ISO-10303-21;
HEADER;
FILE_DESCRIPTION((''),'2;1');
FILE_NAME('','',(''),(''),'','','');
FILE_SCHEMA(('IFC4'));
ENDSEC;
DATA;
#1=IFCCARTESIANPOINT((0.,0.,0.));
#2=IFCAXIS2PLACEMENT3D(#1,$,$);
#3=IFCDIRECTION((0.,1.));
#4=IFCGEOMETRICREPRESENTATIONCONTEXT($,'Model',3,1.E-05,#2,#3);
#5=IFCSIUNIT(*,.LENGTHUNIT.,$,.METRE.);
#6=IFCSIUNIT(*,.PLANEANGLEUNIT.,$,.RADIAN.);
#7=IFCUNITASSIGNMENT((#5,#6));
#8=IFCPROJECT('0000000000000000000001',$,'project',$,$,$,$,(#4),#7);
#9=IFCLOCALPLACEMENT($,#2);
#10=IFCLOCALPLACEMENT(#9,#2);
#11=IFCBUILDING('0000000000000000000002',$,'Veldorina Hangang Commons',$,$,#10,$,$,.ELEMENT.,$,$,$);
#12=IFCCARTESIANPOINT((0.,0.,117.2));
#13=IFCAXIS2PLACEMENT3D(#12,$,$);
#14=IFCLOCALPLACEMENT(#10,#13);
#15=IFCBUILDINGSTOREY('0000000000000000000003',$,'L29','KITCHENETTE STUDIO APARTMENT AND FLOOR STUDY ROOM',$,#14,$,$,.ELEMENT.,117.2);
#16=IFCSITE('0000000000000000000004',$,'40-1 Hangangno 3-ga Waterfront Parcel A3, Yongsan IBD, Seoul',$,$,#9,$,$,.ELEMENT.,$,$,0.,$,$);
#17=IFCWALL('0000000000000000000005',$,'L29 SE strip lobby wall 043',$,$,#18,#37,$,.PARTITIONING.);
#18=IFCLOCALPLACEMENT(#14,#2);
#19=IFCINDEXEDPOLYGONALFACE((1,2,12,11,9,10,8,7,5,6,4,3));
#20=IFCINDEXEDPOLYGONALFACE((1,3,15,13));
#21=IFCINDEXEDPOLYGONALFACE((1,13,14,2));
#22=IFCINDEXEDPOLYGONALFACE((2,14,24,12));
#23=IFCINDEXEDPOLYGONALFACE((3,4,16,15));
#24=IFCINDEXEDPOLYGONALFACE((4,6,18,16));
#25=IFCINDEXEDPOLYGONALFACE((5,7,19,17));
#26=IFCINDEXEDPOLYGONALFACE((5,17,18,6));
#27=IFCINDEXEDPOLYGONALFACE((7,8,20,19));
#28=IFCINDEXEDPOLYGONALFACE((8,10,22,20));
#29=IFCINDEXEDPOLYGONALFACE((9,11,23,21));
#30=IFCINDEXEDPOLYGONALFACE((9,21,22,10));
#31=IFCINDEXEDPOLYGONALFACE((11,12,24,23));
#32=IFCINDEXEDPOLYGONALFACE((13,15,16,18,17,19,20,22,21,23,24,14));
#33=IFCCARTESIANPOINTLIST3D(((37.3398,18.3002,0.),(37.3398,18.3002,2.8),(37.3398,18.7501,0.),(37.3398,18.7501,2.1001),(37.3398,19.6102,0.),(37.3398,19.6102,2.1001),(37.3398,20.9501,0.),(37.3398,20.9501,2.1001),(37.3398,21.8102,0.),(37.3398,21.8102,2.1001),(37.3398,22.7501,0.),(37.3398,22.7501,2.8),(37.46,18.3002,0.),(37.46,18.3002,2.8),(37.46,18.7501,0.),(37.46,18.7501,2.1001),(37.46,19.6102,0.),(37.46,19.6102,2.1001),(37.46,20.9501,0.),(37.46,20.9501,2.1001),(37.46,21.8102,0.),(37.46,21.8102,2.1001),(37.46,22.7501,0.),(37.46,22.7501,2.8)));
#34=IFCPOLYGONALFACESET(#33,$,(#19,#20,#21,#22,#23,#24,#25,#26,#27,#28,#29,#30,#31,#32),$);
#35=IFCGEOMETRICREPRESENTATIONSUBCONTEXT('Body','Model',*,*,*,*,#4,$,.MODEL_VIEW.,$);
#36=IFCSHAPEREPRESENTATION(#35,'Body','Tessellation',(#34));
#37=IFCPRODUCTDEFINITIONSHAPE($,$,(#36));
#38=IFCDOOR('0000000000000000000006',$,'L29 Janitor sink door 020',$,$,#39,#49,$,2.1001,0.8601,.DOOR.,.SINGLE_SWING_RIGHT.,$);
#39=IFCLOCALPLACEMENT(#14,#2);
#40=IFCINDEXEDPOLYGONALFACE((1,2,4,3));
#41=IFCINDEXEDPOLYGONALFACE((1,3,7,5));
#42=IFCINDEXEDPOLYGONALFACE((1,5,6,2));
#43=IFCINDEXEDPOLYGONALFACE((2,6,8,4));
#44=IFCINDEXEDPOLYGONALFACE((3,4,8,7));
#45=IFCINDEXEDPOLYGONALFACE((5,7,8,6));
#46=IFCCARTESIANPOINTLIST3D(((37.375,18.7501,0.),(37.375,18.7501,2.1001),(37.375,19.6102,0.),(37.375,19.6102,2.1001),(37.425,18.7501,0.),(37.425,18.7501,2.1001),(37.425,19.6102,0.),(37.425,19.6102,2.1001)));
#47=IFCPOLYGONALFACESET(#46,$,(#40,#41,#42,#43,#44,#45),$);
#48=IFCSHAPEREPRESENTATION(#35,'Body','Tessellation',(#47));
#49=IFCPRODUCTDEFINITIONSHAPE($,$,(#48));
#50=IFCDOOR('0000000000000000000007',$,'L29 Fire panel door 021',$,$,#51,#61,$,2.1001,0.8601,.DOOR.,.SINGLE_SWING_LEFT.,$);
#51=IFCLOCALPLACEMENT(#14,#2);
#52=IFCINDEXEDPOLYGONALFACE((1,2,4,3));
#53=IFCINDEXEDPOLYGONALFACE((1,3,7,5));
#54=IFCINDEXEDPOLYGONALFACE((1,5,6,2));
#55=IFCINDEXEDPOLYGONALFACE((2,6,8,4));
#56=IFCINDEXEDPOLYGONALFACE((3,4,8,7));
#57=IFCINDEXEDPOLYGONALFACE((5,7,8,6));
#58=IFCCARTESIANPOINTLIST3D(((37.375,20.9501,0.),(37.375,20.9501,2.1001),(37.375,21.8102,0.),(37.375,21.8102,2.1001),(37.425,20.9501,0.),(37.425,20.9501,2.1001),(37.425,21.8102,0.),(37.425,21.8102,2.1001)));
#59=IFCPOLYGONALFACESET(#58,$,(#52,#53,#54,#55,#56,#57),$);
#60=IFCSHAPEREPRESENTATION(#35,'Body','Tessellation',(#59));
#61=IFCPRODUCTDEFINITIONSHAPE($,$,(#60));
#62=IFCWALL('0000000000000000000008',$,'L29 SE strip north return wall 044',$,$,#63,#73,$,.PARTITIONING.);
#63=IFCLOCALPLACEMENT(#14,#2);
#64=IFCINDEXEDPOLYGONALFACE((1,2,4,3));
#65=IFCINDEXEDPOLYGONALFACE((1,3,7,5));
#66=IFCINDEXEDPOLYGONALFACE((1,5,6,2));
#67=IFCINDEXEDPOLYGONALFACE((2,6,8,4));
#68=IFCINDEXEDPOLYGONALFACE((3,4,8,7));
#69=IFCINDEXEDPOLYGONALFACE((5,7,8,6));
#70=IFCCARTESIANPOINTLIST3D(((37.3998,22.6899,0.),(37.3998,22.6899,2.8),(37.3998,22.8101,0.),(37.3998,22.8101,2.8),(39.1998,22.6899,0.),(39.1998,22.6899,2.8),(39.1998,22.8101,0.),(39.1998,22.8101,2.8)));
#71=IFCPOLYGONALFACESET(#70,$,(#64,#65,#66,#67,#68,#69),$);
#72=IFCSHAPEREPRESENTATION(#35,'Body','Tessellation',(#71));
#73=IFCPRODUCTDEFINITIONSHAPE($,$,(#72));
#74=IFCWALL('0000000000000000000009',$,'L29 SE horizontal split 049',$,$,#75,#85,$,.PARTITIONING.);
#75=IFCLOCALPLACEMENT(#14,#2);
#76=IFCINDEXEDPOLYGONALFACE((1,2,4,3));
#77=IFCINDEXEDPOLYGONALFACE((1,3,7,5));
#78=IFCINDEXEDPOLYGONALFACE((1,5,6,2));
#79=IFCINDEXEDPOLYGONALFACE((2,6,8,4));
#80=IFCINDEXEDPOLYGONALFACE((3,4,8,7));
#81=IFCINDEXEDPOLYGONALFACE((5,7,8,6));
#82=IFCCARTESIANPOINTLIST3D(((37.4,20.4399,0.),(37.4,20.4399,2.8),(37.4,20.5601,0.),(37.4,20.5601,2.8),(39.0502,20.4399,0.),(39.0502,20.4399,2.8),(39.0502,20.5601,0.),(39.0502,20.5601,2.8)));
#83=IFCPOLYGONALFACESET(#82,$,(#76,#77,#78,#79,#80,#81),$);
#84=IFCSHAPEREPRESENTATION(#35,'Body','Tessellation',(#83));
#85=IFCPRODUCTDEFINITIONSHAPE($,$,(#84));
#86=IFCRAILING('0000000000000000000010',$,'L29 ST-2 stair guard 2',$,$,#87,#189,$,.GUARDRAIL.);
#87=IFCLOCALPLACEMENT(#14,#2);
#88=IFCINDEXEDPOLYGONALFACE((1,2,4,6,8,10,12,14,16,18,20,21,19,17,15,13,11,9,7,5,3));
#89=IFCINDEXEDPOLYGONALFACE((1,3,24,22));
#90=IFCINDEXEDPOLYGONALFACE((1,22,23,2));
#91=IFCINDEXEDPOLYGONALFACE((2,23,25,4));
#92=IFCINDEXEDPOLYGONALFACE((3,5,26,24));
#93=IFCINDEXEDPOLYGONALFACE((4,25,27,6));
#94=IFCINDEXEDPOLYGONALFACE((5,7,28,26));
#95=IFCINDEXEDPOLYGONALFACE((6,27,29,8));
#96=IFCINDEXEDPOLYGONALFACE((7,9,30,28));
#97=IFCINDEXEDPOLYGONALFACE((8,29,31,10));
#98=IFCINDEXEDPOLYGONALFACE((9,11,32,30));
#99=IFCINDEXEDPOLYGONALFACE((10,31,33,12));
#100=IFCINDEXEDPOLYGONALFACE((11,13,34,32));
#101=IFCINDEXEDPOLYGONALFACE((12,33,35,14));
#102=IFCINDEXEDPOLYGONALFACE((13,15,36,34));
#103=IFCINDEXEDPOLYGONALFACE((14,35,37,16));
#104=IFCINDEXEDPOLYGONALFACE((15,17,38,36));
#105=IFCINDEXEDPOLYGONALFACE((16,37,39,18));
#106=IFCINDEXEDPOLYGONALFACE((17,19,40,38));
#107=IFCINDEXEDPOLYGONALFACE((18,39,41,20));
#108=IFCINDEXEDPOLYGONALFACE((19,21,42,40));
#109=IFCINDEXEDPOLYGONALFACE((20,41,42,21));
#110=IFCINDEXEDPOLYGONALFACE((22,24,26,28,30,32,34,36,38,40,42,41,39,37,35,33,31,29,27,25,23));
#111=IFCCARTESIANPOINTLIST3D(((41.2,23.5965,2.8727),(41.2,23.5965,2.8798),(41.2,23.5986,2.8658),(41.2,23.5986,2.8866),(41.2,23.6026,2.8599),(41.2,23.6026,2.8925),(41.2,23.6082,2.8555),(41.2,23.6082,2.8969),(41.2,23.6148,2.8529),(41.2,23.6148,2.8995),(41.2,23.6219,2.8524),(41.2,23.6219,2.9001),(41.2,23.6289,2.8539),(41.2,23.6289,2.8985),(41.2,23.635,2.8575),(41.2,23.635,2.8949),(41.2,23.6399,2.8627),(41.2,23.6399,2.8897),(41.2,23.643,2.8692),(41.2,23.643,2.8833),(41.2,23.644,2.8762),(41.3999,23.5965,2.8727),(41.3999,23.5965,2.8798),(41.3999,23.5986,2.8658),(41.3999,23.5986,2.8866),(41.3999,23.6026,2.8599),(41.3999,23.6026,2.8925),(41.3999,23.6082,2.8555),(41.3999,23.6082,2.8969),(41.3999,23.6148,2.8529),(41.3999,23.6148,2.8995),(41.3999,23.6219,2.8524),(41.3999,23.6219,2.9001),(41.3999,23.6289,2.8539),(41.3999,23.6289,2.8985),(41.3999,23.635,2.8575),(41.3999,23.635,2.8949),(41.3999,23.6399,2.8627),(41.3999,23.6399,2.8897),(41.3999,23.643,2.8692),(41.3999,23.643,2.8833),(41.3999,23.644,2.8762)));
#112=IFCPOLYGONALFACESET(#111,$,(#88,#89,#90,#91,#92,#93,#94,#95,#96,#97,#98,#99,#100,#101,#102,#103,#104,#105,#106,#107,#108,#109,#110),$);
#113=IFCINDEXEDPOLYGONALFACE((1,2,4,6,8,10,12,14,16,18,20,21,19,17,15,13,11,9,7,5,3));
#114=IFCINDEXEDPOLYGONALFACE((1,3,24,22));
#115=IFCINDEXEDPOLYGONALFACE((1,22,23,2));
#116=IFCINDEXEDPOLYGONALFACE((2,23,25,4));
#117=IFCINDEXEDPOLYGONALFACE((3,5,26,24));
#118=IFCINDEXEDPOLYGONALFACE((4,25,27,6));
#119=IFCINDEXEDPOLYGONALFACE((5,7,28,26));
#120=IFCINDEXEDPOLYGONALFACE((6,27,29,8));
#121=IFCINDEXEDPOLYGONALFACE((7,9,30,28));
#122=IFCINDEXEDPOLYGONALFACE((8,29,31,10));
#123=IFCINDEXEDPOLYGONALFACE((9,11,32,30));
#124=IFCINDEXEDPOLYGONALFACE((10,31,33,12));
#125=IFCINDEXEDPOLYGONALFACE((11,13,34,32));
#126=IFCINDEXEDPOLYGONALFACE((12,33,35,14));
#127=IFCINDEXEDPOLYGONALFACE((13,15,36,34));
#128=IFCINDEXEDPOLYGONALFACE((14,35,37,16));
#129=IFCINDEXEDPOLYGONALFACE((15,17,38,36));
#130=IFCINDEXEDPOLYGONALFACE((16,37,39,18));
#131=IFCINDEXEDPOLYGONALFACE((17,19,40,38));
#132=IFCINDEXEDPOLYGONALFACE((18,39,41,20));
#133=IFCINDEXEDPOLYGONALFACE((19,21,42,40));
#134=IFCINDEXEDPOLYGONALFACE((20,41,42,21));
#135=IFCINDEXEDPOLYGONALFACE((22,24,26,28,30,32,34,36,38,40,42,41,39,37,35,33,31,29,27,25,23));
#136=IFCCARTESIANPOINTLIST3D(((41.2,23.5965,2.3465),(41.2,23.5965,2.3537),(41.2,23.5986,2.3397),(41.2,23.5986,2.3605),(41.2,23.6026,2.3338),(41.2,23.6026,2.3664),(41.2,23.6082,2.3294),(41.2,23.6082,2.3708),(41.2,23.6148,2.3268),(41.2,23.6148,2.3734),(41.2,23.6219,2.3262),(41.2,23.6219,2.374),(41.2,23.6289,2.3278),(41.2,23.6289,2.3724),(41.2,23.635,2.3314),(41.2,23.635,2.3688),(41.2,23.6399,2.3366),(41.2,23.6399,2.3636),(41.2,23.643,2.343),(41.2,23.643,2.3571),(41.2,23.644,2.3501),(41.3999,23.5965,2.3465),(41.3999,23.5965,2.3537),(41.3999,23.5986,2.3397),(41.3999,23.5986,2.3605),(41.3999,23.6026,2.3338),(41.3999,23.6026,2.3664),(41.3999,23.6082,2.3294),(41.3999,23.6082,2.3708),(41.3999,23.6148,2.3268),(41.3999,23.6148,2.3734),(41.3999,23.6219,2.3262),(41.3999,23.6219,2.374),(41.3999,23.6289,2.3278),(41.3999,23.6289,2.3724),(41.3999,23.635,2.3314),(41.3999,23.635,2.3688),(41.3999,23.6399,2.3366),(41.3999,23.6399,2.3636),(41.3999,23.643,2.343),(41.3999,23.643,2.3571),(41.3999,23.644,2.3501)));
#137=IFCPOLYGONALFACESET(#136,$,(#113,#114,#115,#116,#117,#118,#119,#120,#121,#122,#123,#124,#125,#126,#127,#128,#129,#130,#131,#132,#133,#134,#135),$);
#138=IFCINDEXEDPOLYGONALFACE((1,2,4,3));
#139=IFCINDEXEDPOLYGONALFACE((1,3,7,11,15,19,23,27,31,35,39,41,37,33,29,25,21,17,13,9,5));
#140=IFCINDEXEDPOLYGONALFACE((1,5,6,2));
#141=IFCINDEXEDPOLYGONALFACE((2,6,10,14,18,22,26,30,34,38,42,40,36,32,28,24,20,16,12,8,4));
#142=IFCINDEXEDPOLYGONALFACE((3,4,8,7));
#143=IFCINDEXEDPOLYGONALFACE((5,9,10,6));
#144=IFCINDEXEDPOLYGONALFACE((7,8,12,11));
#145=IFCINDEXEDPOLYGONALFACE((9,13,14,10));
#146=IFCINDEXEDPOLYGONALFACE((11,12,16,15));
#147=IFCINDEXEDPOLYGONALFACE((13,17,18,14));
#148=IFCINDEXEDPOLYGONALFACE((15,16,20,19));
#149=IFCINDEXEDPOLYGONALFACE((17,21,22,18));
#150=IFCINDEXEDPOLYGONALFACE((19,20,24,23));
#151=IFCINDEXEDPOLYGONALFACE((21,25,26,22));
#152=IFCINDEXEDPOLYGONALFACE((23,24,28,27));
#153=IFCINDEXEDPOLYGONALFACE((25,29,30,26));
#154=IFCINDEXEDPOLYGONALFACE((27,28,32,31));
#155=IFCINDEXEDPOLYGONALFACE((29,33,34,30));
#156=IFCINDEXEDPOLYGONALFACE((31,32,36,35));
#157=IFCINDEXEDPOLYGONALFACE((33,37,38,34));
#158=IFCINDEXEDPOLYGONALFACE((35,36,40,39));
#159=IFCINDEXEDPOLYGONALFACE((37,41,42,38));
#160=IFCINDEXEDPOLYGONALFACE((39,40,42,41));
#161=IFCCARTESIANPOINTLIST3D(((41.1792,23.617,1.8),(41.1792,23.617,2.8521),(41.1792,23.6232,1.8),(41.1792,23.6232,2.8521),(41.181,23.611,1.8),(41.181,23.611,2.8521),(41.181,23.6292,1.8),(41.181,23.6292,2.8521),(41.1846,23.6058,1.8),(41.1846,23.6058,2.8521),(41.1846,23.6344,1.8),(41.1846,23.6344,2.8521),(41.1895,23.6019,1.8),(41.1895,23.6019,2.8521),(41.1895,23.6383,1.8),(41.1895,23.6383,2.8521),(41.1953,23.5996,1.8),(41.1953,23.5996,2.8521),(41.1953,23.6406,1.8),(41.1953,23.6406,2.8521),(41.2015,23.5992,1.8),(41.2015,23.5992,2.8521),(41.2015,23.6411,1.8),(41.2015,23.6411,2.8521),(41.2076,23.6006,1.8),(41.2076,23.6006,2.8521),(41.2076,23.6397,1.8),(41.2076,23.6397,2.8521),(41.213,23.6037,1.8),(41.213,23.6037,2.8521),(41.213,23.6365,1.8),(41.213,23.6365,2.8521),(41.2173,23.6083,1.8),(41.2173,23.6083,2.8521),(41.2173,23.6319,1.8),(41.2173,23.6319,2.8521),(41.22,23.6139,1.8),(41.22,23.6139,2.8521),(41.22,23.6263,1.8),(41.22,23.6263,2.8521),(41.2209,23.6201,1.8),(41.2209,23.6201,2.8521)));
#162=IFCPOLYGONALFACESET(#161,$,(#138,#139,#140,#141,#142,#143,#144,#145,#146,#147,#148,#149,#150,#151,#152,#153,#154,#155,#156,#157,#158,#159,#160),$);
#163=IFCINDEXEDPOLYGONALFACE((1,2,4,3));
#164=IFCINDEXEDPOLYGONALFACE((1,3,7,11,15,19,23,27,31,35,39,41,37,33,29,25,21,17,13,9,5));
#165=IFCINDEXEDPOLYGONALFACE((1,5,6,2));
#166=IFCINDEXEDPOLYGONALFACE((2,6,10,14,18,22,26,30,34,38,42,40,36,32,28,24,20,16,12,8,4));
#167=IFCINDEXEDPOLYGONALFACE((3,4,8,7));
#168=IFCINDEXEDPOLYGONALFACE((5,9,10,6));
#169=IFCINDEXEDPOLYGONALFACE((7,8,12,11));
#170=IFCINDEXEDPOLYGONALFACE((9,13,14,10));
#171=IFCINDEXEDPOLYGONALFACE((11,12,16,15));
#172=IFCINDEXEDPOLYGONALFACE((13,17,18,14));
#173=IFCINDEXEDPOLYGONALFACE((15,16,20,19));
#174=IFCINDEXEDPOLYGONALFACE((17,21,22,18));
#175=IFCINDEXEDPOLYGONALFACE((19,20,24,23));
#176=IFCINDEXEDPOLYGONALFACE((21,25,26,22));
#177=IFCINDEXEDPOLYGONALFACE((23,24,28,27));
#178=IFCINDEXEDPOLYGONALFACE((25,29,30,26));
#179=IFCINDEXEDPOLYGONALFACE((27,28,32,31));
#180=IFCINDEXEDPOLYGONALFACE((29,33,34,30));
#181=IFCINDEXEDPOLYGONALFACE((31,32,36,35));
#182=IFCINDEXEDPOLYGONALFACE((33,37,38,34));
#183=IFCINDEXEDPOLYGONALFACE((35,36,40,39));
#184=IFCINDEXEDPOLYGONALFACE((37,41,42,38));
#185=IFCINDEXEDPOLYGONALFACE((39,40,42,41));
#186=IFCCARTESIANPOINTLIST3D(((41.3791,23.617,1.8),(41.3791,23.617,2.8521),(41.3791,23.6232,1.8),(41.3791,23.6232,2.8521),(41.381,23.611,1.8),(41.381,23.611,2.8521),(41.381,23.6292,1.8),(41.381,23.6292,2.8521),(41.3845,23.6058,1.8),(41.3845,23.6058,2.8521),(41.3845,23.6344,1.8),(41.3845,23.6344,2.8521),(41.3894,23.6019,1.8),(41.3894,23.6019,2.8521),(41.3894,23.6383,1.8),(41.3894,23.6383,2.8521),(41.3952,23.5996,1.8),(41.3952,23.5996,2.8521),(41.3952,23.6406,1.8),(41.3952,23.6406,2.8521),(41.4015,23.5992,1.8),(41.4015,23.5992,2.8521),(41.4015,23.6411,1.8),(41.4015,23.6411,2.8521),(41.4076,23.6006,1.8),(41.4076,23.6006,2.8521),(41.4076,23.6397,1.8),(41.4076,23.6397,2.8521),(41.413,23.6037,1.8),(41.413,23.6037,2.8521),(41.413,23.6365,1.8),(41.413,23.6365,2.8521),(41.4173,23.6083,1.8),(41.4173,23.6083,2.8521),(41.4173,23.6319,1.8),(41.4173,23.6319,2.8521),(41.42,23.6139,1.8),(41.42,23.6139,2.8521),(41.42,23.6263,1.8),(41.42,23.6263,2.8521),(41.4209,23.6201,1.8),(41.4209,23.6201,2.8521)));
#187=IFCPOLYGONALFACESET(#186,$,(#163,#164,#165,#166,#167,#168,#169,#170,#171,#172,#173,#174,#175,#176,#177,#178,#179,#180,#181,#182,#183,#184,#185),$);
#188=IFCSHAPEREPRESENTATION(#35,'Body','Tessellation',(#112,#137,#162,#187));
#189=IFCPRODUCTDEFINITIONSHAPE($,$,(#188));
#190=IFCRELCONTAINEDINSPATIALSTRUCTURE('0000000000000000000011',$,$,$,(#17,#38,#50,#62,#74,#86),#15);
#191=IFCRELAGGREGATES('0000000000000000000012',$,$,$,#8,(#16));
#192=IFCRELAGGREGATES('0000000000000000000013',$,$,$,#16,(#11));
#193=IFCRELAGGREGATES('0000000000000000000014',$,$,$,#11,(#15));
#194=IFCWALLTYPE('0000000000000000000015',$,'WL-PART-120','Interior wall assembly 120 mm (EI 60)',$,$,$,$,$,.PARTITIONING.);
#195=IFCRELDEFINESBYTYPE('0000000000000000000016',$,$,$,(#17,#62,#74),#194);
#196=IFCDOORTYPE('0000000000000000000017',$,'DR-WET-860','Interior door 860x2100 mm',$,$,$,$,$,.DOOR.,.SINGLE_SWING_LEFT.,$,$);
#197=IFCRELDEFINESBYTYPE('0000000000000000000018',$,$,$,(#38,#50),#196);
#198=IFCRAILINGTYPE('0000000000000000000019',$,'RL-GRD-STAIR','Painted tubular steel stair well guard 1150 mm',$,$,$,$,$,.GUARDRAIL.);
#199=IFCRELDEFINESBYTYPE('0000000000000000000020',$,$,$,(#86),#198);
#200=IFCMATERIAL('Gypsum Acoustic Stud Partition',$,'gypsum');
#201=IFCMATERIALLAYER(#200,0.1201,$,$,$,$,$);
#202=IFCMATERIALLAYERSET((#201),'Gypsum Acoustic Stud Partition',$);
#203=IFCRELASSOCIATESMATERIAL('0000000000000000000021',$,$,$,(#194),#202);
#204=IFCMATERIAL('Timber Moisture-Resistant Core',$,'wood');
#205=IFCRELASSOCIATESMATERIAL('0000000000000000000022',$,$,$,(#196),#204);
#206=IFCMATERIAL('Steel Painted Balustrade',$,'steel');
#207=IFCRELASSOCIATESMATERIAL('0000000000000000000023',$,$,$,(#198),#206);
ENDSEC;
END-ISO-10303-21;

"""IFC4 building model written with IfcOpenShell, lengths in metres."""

from ifc_helpers import new_model, si_unit, direction, frame, frame_2d, origin, origin_2d, place, context, subcontext, project, spatial, rectangle, circle, extrude, material, layer, layer_set, type_object, element, fill, save


model = new_model("IFC4")

# Units and contexts
model_context = context("Model", 3, precision=1e-05, world=origin(), true_north=direction((0.0, 1.0)))
body_context = subcontext(model_context, "Body", "Model", "MODEL_VIEW")
ifc_project = project(units=[si_unit("LENGTHUNIT", "METRE"), si_unit("PLANEANGLEUNIT", "RADIAN")], contexts=[model_context])

# Site, building, storey
site_placement = place(None, origin())
site = spatial("IfcSite", under=ifc_project, at=site_placement, Name="40-1 Hangangno 3-ga Waterfront Parcel A3, Yongsan IBD, Seoul", CompositionType="ELEMENT", RefElevation=0.0)
building_placement = place(site_placement, origin())
building = spatial("IfcBuilding", under=site, at=building_placement, Name="Veldorina Hangang Commons", CompositionType="ELEMENT")
storey_placement = place(building_placement, frame((0.0, 0.0, 117.2)))
storey = spatial("IfcBuildingStorey", under=building, at=storey_placement, Name="L29", Description="KITCHENETTE STUDIO APARTMENT AND FLOOR STUDY ROOM", CompositionType="ELEMENT", Elevation=117.2)

# Wall, openings, doors
ifc_material_1 = material(Name="Gypsum Acoustic Stud Partition", Category="gypsum")
ifc_layer_1 = layer(ifc_material_1, 0.1201)
ifc_layer_set_1 = layer_set([ifc_layer_1], Name="Gypsum Acoustic Stud Partition")
wall_type_1 = type_object("IfcWallType", Name="WL-PART-120", Description="Interior wall assembly 120 mm (EI 60)", PredefinedType="PARTITIONING", material=ifc_layer_set_1)
wall_1_placement = place(storey_placement, frame((37.3999, 18.3, 0.0), z_axis=(0.0, 0.0, 1.0), x_axis=(0.0, 1.0, 0.0)))
wall_1 = element("IfcWall", 1, at=wall_1_placement, inside=storey, type_object=wall_type_1, Name="L29 SE strip lobby wall 043", PredefinedType="PARTITIONING", context=body_context, shape_type="SweptSolid", body=[
    extrude(rectangle(XDim=4.45, YDim=0.1201, at=frame_2d((2.2251, 0.0))), origin(), (0.0, 0.0, 1.0), 2.8),
])
opening_1_placement = place(wall_1_placement, frame((0.45, 0.0, 0.0)))
opening_1 = element("IfcOpeningElement", 2, at=opening_1_placement, cuts=wall_1, PredefinedType="OPENING", context=body_context, shape_type="SweptSolid", body=[
    extrude(rectangle(XDim=0.8601, YDim=2.1001, at=frame_2d((0.4302, 1.05))), frame((0.0, 0.0701, 0.0), z_axis=(0.0, -1.0, 0.0), x_axis=(1.0, 0.0, 0.0)), (0.0, 0.0, 1.0), 0.1401),
])
opening_2_placement = place(wall_1_placement, frame((2.6499, 0.0, 0.0)))
opening_2 = element("IfcOpeningElement", 3, at=opening_2_placement, cuts=wall_1, PredefinedType="OPENING", context=body_context, shape_type="SweptSolid", body=[
    extrude(rectangle(XDim=0.8601, YDim=2.1001, at=frame_2d((0.4302, 1.05))), frame((0.0, 0.0701, 0.0), z_axis=(0.0, -1.0, 0.0), x_axis=(1.0, 0.0, 0.0)), (0.0, 0.0, 1.0), 0.1401),
])
ifc_material_2 = material(Name="Timber Moisture-Resistant Core", Category="wood")
door_type_1 = type_object("IfcDoorType", Name="DR-WET-860", Description="Interior door 860x2100 mm", OperationType="SINGLE_SWING_LEFT", PredefinedType="DOOR", material=ifc_material_2)
door_1_placement = place(opening_1_placement, origin())
door_1 = element("IfcDoor", 4, at=door_1_placement, inside=storey, type_object=door_type_1, Name="L29 Janitor sink door 020", OperationType="SINGLE_SWING_RIGHT", OverallHeight=2.1001, OverallWidth=0.8601, PredefinedType="DOOR", context=body_context, shape_type="SweptSolid", body=[
    extrude(rectangle(XDim=0.8601, YDim=2.1001, at=frame_2d((0.4302, 1.05))), frame((0.0, 0.0249, 0.0), z_axis=(0.0, -1.0, 0.0), x_axis=(1.0, 0.0, 0.0)), (0.0, 0.0, 1.0), 0.05),
])
fill(opening_1, door_1)
door_2_placement = place(opening_2_placement, origin())
door_2 = element("IfcDoor", 5, at=door_2_placement, inside=storey, type_object=door_type_1, Name="L29 Fire panel door 021", OperationType="SINGLE_SWING_LEFT", OverallHeight=2.1001, OverallWidth=0.8601, PredefinedType="DOOR", context=body_context, shape_type="SweptSolid", body=[
    extrude(rectangle(XDim=0.8601, YDim=2.1001, at=frame_2d((0.4302, 1.05))), frame((0.0, 0.0249, 0.0), z_axis=(0.0, -1.0, 0.0), x_axis=(1.0, 0.0, 0.0)), (0.0, 0.0, 1.0), 0.05),
])
fill(opening_2, door_2)

# Walls
wall_2_placement = place(storey_placement, frame((37.3999, 22.75, 0.0), z_axis=(0.0, 0.0, 1.0), x_axis=(1.0, 0.0, 0.0)))
element("IfcWall", 6, at=wall_2_placement, inside=storey, type_object=wall_type_1, Name="L29 SE strip north return wall 044", PredefinedType="PARTITIONING", context=body_context, shape_type="SweptSolid", body=[
    extrude(rectangle(XDim=1.8, YDim=0.1201, at=frame_2d((0.8999, 0.0))), origin(), (0.0, 0.0, 1.0), 2.8),
])
wall_3_placement = place(storey_placement, frame((37.3999, 20.5, 0.0), z_axis=(0.0, 0.0, 1.0), x_axis=(1.0, 0.0, 0.0)))
element("IfcWall", 7, at=wall_3_placement, inside=storey, type_object=wall_type_1, Name="L29 SE horizontal split 049", PredefinedType="PARTITIONING", context=body_context, shape_type="SweptSolid", body=[
    extrude(rectangle(XDim=1.6501, YDim=0.1201, at=frame_2d((0.8252, 0.0))), origin(), (0.0, 0.0, 1.0), 2.8),
])

# Railing
ifc_material_3 = material(Name="Steel Painted Balustrade", Category="steel")
railing_type = type_object("IfcRailingType", Name="RL-GRD-STAIR", Description="Painted tubular steel stair well guard 1150 mm", PredefinedType="GUARDRAIL", material=ifc_material_3)
railing_placement = place(storey_placement, frame((41.2, 23.6201, 1.8)))
element("IfcRailing", 8, at=railing_placement, inside=storey, type_object=railing_type, Name="L29 ST-2 stair guard 2", PredefinedType="GUARDRAIL", context=body_context, shape_type="SweptSolid", body=[
    extrude(circle(Radius=0.0239, at=origin_2d()), frame((0.0, 0.0, 1.0762), z_axis=(1.0, 0.0, 0.0), x_axis=(0.0, 1.0, 0.0)), (0.0, 0.0, 1.0), 0.2),
    extrude(circle(Radius=0.0239, at=origin_2d()), frame((0.0, 0.0, 0.55), z_axis=(1.0, 0.0, 0.0), x_axis=(0.0, 1.0, 0.0)), (0.0, 0.0, 1.0), 0.2),
    extrude(circle(Radius=0.021, at=origin_2d()), origin(), (0.0, 0.0, 1.0), 1.052),
    extrude(circle(Radius=0.021, at=origin_2d()), frame((0.2, 0.0, 0.0)), (0.0, 0.0, 1.0), 1.052),
])

save(model, "model.ifc")
